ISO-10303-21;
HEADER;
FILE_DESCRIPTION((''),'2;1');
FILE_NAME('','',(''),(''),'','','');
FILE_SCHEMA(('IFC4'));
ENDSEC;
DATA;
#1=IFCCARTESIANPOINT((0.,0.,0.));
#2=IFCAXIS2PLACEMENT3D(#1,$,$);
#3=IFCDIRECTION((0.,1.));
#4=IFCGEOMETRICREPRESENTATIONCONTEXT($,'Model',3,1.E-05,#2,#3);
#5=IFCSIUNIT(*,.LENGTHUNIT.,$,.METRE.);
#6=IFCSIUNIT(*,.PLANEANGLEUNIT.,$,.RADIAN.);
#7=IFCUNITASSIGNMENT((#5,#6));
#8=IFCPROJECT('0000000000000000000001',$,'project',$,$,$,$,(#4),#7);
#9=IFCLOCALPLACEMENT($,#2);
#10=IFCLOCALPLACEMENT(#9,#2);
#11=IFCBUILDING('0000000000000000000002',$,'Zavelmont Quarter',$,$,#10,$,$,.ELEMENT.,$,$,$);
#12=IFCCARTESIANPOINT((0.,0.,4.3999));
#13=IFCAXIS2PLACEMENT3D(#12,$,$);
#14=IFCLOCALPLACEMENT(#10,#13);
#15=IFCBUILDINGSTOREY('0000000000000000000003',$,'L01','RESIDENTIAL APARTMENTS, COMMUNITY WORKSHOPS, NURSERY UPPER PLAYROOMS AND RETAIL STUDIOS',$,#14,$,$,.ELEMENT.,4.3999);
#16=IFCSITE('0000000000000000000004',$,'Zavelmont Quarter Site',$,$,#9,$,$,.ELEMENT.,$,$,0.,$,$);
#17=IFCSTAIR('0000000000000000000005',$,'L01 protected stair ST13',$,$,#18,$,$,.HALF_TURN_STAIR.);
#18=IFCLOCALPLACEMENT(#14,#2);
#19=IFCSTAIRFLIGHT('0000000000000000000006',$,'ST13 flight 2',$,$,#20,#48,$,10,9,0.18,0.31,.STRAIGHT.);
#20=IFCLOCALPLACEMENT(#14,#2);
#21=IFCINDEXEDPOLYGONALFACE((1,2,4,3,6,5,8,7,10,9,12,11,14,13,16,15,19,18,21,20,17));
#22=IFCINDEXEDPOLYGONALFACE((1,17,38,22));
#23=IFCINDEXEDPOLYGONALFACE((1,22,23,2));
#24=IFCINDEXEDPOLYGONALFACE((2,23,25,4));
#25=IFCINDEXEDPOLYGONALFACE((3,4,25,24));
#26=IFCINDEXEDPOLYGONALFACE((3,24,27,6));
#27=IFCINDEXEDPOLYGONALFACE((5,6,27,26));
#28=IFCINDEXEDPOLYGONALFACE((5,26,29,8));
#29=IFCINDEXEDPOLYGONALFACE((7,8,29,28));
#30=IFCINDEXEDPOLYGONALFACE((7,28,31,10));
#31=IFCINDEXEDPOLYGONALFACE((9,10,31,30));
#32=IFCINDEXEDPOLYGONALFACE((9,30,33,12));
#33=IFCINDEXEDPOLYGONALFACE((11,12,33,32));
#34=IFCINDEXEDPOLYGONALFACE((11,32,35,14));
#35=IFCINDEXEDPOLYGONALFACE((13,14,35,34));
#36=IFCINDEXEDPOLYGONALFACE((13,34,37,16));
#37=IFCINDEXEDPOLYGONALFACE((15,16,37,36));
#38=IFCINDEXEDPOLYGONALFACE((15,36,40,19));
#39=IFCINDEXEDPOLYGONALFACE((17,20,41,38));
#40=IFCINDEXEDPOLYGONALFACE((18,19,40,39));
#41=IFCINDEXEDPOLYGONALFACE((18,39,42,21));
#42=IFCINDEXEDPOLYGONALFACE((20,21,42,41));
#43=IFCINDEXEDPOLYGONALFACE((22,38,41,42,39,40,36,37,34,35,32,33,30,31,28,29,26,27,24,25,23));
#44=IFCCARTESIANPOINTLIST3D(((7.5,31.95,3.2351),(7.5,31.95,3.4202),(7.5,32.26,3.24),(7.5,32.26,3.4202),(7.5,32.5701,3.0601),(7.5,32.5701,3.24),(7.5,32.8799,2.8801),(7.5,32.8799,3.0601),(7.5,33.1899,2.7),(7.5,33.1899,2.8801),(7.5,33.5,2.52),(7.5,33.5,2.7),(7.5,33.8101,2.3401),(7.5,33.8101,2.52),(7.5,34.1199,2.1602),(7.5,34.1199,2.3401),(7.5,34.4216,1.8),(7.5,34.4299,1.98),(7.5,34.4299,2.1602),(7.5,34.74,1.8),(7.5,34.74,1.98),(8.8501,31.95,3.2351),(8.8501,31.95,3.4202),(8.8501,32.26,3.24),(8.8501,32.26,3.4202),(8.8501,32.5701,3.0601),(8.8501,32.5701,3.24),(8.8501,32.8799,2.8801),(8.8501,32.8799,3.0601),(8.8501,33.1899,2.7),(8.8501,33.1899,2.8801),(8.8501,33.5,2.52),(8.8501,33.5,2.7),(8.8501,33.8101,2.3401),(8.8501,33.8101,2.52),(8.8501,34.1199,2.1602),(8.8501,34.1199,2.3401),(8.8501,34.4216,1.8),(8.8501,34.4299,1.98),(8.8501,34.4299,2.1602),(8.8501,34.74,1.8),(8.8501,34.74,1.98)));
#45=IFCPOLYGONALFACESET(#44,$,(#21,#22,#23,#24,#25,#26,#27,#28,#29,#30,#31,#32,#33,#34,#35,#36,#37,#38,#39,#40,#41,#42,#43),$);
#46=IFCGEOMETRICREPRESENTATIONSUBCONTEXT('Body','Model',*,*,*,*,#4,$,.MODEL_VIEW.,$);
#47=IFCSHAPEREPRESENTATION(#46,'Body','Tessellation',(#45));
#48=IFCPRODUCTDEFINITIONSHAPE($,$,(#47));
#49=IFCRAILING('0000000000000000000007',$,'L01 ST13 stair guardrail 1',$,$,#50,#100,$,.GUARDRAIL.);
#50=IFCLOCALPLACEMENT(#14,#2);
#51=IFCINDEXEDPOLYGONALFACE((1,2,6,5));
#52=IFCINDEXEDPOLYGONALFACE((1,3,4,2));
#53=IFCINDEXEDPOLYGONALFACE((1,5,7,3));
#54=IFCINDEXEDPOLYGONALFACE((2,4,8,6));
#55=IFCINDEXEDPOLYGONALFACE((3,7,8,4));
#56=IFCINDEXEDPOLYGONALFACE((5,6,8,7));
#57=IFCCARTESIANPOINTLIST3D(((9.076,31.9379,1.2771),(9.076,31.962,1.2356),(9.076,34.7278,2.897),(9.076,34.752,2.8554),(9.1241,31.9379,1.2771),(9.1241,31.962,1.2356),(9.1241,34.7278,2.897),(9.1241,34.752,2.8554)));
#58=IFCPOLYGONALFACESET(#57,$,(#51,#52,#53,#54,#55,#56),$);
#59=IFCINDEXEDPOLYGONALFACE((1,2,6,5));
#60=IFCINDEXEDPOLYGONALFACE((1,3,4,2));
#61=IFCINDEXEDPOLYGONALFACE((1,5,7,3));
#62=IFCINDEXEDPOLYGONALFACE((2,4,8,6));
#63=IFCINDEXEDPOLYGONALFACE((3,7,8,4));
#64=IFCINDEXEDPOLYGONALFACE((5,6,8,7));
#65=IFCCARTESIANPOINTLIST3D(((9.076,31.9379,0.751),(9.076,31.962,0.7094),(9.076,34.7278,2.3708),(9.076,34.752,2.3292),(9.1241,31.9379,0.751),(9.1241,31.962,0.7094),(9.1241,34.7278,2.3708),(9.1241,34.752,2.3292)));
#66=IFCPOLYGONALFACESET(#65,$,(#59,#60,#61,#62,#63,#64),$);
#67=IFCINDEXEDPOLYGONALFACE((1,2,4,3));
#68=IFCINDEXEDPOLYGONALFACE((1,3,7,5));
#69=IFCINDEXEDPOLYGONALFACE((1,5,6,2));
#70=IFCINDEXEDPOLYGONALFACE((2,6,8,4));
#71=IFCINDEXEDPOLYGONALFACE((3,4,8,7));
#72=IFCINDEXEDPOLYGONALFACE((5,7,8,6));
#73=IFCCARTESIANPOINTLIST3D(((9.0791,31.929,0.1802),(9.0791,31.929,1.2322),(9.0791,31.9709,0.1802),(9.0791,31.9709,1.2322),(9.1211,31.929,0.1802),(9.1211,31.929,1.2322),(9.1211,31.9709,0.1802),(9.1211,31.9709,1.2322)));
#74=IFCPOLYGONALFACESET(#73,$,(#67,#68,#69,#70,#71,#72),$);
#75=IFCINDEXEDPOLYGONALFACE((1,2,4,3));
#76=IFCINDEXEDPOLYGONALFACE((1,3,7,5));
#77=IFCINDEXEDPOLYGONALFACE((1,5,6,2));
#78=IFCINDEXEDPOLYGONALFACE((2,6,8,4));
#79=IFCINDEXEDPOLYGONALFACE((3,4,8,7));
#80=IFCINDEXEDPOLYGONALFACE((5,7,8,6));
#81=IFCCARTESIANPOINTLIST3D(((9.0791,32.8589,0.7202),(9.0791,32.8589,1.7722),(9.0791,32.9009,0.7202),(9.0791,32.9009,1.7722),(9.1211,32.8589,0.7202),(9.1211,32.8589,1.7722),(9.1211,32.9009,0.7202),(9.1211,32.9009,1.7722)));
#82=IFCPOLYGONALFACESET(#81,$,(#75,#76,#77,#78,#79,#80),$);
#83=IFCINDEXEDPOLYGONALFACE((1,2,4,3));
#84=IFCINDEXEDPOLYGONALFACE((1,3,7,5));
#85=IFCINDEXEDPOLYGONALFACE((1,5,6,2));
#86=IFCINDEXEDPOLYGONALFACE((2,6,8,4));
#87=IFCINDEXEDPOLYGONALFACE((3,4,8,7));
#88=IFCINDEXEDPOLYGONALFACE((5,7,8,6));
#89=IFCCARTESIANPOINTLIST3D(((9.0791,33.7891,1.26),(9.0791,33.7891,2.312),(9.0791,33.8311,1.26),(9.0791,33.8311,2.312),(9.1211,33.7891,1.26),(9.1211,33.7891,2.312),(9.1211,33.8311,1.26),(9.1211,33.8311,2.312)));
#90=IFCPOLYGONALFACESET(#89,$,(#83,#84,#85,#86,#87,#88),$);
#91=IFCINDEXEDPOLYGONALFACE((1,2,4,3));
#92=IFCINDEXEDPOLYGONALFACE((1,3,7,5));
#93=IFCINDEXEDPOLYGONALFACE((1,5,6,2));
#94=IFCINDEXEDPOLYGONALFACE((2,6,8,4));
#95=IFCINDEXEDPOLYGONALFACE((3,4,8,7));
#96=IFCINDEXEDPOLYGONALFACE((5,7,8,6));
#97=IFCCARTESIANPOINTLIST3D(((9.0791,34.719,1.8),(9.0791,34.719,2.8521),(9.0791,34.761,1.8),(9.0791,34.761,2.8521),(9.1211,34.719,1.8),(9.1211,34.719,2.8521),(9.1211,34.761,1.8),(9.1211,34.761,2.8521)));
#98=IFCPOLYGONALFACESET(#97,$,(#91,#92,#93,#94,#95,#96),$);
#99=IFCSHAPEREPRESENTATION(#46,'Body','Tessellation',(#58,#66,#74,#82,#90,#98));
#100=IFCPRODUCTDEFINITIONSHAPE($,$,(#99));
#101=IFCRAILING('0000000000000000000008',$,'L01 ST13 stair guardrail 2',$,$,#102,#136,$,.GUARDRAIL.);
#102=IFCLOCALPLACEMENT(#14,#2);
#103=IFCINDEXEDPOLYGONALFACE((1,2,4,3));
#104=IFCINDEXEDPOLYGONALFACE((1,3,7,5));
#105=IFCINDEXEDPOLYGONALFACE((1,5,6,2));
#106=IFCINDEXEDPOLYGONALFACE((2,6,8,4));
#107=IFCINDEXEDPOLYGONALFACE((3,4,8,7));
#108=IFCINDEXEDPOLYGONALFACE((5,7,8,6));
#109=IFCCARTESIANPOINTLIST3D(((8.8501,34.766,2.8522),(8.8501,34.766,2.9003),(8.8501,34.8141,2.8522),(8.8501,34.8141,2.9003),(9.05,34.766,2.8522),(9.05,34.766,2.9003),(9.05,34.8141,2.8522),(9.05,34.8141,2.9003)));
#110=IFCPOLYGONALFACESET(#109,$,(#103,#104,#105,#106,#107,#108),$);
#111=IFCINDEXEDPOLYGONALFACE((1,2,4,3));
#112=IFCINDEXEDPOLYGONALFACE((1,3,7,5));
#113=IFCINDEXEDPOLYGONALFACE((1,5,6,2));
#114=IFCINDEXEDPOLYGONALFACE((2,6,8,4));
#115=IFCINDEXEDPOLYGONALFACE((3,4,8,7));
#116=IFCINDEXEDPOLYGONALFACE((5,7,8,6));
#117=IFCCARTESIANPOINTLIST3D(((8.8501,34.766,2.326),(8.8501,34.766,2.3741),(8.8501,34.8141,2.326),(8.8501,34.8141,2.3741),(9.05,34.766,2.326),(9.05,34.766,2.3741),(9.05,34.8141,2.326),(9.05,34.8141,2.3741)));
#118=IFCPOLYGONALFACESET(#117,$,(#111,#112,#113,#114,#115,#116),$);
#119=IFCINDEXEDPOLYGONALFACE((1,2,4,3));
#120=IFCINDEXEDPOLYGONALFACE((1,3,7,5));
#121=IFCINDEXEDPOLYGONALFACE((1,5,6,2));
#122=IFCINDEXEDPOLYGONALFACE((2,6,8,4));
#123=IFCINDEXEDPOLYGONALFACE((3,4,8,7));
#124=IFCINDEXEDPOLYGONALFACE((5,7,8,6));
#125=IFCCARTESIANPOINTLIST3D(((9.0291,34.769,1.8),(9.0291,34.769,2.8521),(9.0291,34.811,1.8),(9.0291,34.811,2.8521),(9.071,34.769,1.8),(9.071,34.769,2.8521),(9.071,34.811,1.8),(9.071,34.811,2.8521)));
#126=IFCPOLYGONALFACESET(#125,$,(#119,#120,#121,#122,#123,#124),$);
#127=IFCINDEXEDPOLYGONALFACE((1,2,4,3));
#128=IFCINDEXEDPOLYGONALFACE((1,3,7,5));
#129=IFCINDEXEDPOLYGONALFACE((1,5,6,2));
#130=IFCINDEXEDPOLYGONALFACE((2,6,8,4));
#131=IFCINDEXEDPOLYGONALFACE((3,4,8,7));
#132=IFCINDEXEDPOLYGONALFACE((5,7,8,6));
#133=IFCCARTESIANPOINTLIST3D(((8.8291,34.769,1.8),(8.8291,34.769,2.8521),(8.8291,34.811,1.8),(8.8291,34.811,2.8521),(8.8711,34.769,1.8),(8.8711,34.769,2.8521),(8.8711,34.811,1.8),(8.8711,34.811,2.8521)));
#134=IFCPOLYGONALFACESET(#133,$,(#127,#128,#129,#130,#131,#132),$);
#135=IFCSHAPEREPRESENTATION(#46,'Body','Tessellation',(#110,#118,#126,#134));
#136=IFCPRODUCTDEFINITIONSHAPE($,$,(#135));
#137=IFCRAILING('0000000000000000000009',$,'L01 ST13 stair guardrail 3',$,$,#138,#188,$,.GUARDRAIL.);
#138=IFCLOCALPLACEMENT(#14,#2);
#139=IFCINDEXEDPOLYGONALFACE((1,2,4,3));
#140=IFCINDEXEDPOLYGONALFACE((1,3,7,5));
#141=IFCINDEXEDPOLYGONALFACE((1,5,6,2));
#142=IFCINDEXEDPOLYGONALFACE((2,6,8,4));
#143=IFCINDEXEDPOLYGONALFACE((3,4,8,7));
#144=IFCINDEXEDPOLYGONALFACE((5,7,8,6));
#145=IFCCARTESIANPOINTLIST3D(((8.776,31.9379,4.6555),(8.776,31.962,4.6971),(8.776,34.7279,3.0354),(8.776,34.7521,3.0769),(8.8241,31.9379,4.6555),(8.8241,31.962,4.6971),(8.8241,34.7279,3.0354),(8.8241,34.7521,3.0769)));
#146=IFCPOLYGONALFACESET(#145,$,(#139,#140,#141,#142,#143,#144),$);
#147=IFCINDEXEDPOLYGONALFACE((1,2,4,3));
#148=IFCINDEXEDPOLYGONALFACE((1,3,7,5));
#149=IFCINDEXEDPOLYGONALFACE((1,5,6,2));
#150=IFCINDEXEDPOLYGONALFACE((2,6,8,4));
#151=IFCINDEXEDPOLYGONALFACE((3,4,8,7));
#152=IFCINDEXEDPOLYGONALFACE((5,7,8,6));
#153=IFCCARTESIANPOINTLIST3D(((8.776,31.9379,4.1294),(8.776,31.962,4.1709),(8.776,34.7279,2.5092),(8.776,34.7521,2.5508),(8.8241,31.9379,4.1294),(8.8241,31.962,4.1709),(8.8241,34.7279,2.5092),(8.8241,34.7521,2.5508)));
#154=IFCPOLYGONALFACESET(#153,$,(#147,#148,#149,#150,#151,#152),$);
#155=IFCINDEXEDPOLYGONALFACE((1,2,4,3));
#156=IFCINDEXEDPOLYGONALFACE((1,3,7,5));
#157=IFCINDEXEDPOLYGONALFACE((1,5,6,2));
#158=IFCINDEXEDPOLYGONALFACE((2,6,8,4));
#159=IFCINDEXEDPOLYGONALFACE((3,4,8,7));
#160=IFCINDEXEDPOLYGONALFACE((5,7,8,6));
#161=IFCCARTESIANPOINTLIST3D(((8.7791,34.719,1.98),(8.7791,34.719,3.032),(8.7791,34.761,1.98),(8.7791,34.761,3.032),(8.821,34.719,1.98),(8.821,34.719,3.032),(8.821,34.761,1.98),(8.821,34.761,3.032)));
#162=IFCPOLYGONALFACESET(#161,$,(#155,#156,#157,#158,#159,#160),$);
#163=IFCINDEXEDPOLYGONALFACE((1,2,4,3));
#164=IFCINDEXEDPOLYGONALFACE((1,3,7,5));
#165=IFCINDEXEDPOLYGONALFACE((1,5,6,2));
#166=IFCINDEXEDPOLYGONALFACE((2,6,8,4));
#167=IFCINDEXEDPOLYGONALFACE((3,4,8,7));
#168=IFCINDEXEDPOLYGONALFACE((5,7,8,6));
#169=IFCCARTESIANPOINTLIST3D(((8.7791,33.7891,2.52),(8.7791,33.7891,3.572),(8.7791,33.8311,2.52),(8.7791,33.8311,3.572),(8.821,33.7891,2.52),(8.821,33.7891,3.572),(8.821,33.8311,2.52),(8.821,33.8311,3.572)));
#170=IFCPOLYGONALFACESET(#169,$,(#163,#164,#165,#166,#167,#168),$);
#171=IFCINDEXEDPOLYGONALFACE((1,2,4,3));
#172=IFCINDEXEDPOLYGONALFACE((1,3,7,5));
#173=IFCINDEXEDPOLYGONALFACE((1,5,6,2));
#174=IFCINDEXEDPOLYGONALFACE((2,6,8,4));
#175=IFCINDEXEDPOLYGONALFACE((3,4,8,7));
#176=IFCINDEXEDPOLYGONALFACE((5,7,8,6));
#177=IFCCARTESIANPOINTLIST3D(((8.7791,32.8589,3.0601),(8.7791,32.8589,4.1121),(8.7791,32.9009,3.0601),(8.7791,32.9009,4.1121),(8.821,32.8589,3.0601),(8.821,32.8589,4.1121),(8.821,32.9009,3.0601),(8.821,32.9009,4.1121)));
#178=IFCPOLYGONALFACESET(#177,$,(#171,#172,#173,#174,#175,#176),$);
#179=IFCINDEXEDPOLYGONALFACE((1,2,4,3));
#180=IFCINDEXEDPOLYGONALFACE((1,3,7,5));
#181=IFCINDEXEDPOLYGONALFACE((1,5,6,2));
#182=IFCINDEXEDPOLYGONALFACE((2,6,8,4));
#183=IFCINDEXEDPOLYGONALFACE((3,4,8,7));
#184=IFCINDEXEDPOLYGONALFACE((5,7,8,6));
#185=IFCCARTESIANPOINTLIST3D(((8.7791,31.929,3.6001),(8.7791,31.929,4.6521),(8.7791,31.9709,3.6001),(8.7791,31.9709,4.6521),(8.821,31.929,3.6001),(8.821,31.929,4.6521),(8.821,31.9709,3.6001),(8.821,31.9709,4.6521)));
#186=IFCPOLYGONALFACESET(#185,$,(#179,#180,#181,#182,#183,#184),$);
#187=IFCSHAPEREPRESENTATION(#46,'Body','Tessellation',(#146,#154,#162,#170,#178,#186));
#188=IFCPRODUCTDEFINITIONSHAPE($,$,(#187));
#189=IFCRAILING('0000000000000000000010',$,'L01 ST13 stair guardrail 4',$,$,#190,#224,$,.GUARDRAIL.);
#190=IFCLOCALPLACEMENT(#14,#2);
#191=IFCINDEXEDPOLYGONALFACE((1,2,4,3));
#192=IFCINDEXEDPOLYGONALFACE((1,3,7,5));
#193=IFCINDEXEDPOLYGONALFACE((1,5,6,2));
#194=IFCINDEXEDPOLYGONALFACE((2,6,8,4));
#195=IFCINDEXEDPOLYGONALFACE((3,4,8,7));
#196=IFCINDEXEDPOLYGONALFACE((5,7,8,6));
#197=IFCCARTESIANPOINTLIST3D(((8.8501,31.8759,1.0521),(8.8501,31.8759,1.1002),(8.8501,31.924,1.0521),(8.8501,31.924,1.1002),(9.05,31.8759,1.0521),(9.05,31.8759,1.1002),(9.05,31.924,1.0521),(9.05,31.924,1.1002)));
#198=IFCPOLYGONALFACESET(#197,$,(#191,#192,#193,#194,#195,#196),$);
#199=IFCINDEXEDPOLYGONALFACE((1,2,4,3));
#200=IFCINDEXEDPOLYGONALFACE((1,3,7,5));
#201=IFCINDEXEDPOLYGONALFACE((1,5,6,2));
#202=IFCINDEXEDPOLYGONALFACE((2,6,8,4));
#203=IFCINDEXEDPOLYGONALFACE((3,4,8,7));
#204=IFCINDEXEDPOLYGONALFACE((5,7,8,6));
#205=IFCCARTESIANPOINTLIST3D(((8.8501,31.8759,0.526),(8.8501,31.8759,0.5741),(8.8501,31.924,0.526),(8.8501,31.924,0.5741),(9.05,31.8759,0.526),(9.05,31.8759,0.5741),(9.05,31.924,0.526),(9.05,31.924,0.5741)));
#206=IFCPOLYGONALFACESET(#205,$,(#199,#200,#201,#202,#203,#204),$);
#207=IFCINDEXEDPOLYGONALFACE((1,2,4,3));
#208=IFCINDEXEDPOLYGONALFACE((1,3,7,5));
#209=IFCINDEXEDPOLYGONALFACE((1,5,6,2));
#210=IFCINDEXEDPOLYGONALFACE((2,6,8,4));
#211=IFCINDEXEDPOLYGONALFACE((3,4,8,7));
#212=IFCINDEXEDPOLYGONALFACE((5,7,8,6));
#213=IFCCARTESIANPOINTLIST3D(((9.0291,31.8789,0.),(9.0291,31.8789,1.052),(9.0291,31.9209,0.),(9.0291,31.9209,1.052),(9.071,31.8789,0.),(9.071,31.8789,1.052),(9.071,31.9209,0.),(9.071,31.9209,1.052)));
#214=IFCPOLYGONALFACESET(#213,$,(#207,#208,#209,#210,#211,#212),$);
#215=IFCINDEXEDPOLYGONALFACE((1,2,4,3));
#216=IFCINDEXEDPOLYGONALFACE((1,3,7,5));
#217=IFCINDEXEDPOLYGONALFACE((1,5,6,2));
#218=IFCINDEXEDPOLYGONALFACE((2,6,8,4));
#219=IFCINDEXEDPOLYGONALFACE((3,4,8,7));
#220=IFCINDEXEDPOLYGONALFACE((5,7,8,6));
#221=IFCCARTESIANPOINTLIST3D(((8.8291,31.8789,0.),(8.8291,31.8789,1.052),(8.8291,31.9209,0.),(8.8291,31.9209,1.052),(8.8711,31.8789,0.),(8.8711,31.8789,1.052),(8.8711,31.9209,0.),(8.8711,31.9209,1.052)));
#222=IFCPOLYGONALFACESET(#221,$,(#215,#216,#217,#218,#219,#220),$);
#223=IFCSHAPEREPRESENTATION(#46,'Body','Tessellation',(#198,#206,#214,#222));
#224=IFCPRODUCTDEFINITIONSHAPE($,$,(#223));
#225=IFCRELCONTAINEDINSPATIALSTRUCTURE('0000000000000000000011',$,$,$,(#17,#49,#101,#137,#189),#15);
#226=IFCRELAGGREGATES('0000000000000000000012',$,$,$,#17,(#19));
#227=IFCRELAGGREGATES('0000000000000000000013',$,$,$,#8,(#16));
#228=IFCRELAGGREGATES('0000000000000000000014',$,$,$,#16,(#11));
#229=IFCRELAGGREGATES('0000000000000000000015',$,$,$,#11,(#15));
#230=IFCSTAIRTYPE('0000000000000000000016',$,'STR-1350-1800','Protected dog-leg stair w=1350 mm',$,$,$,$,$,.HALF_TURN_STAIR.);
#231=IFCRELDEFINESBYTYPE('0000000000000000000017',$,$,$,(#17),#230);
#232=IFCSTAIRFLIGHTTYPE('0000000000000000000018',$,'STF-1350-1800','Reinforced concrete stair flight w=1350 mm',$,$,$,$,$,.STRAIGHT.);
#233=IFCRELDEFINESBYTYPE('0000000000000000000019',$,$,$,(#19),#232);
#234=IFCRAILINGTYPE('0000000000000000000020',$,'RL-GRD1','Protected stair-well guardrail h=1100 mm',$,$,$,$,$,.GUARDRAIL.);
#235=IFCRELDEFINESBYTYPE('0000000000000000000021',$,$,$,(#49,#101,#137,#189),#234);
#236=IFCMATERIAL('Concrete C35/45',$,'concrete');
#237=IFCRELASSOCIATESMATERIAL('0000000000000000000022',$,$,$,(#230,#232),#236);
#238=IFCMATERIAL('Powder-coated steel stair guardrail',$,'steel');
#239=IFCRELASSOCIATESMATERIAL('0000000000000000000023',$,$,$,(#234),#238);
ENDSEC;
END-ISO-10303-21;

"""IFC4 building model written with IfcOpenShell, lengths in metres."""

from ifc_helpers import new_model, si_unit, direction, frame, origin, origin_2d, place, context, subcontext, project, spatial, polyline, rectangle, outline, extrude, material, type_object, element, aggregate, save


model = new_model("IFC4")

# Units and contexts
model_context = context("Model", 3, precision=1e-05, world=origin(), true_north=direction((0.0, 1.0)))
body_context = subcontext(model_context, "Body", "Model", "MODEL_VIEW")
ifc_project = project(units=[si_unit("LENGTHUNIT", "METRE"), si_unit("PLANEANGLEUNIT", "RADIAN")], contexts=[model_context])

# Site, building, storey
site_placement = place(None, origin())
site = spatial("IfcSite", under=ifc_project, at=site_placement, Name="Zavelmont Quarter Site", CompositionType="ELEMENT", RefElevation=0.0)
building_placement = place(site_placement, origin())
building = spatial("IfcBuilding", under=site, at=building_placement, Name="Zavelmont Quarter", CompositionType="ELEMENT")
storey_placement = place(building_placement, frame((0.0, 0.0, 4.3999)))
storey = spatial("IfcBuildingStorey", under=building, at=storey_placement, Name="L01", Description="RESIDENTIAL APARTMENTS, COMMUNITY WORKSHOPS, NURSERY UPPER PLAYROOMS AND RETAIL STUDIOS", CompositionType="ELEMENT", Elevation=4.3999)

# Shared definitions
ifc_material_1 = material(Name="Concrete C35/45", Category="concrete")

# Stair, stair flight
stair_type = type_object("IfcStairType", Name="STR-1350-1800", Description="Protected dog-leg stair w=1350 mm", PredefinedType="HALF_TURN_STAIR", material=ifc_material_1)
stair_placement = place(storey_placement, origin())
stair = element("IfcStair", 1, at=stair_placement, inside=storey, type_object=stair_type, Name="L01 protected stair ST13", PredefinedType="HALF_TURN_STAIR")
stair_flight_type = type_object("IfcStairFlightType", Name="STF-1350-1800", Description="Reinforced concrete stair flight w=1350 mm", PredefinedType="STRAIGHT", material=ifc_material_1)
stair_flight_1_placement = place(storey_placement, frame((8.175, 34.74, 1.8), z_axis=(0.0, 0.0, 1.0), x_axis=(0.0, -1.0, 0.0)))
stair_flight_1 = element("IfcStairFlight", 2, at=stair_flight_1_placement, type_object=stair_flight_type, Name="ST13 flight 2", NumberOfRisers=10, NumberOfTreads=9, PredefinedType="STRAIGHT", RiserHeight=0.18, TreadLength=0.31, context=body_context, shape_type="SweptSolid", body=[
    extrude(outline(polyline([(0.0, 0.0), (0.0, 0.1799), (0.3101, 0.1799), (0.3101, 0.3601), (0.6201, 0.3601), (0.6201, 0.54), (0.9299, 0.54), (0.9299, 0.72), (1.24, 0.72), (1.24, 0.8999), (1.55, 0.8999), (1.55, 1.0801), (1.8601, 1.0801), (1.8601, 1.26), (2.1699, 1.26), (2.1699, 1.4399), (2.48, 1.4399), (2.48, 1.6201), (2.79, 1.6201), (2.79, 1.8), (2.79, 1.4351), (0.3184, 0.0), (0.0, 0.0)])), frame((0.0, 0.675, 0.0), z_axis=(0.0, -1.0, 0.0), x_axis=(1.0, 0.0, 0.0)), (0.0, 0.0, 1.0), 1.3501),
])
aggregate(stair, [stair_flight_1])

# Railings
ifc_material_2 = material(Name="Powder-coated steel stair guardrail", Category="steel")
railing_type_1 = type_object("IfcRailingType", Name="RL-GRD1", Description="Protected stair-well guardrail h=1100 mm", PredefinedType="GUARDRAIL", material=ifc_material_2)
railing_1_placement = place(storey_placement, frame((9.1001, 31.95, 0.1802)))
element("IfcRailing", 3, at=railing_1_placement, inside=storey, type_object=railing_type_1, Name="L01 ST13 stair guardrail 1", PredefinedType="GUARDRAIL", context=body_context, shape_type="SweptSolid", body=[
    extrude(rectangle(XDim=0.0481, YDim=0.0481, at=origin_2d()), frame((0.0, 0.0, 1.0762), z_axis=(0.0, 0.864809, 0.502101), x_axis=(-1.0, 0.0, 0.0)), (0.0, 0.0, 1.0), 3.2261),
    extrude(rectangle(XDim=0.0481, YDim=0.0481, at=origin_2d()), frame((0.0, 0.0, 0.55), z_axis=(0.0, 0.864809, 0.502101), x_axis=(-1.0, 0.0, 0.0)), (0.0, 0.0, 1.0), 3.2261),
    extrude(rectangle(XDim=0.042, YDim=0.042, at=origin_2d()), origin(), (0.0, 0.0, 1.0), 1.052),
    extrude(rectangle(XDim=0.042, YDim=0.042, at=origin_2d()), frame((0.0, 0.9299, 0.54)), (0.0, 0.0, 1.0), 1.052),
    extrude(rectangle(XDim=0.042, YDim=0.042, at=origin_2d()), frame((0.0, 1.8601, 1.0798)), (0.0, 0.0, 1.0), 1.052),
    extrude(rectangle(XDim=0.042, YDim=0.042, at=origin_2d()), frame((0.0, 2.79, 1.6199)), (0.0, 0.0, 1.0), 1.052),
])
railing_2_placement = place(storey_placement, frame((9.05, 34.79, 1.8)))
element("IfcRailing", 4, at=railing_2_placement, inside=storey, type_object=railing_type_1, Name="L01 ST13 stair guardrail 2", PredefinedType="GUARDRAIL", context=body_context, shape_type="SweptSolid", body=[
    extrude(rectangle(XDim=0.0481, YDim=0.0481, at=origin_2d()), frame((0.0, 0.0, 1.0762), z_axis=(-1.0, 0.0, 0.0), x_axis=(0.0, -1.0, 0.0)), (0.0, 0.0, 1.0), 0.2),
    extrude(rectangle(XDim=0.0481, YDim=0.0481, at=origin_2d()), frame((0.0, 0.0, 0.55), z_axis=(-1.0, 0.0, 0.0), x_axis=(0.0, -1.0, 0.0)), (0.0, 0.0, 1.0), 0.2),
    extrude(rectangle(XDim=0.042, YDim=0.042, at=origin_2d()), origin(), (0.0, 0.0, 1.0), 1.052),
    extrude(rectangle(XDim=0.042, YDim=0.042, at=origin_2d()), frame((-0.2, 0.0, 0.0)), (0.0, 0.0, 1.0), 1.052),
])
railing_3_placement = place(storey_placement, frame((8.8, 34.74, 1.98)))
element("IfcRailing", 5, at=railing_3_placement, inside=storey, type_object=railing_type_1, Name="L01 ST13 stair guardrail 3", PredefinedType="GUARDRAIL", context=body_context, shape_type="SweptSolid", body=[
    extrude(rectangle(XDim=0.0481, YDim=0.0481, at=origin_2d()), frame((0.0, 0.0, 1.0762), z_axis=(0.0, -0.864776, 0.502157), x_axis=(1.0, 0.0, 0.0)), (0.0, 0.0, 1.0), 3.2263),
    extrude(rectangle(XDim=0.0481, YDim=0.0481, at=origin_2d()), frame((0.0, 0.0, 0.55), z_axis=(0.0, -0.864776, 0.502157), x_axis=(1.0, 0.0, 0.0)), (0.0, 0.0, 1.0), 3.2263),
    extrude(rectangle(XDim=0.042, YDim=0.042, at=origin_2d()), origin(), (0.0, 0.0, 1.0), 1.052),
    extrude(rectangle(XDim=0.042, YDim=0.042, at=origin_2d()), frame((0.0, -0.9299, 0.54)), (0.0, 0.0, 1.0), 1.052),
    extrude(rectangle(XDim=0.042, YDim=0.042, at=origin_2d()), frame((0.0, -1.8601, 1.0801)), (0.0, 0.0, 1.0), 1.052),
    extrude(rectangle(XDim=0.042, YDim=0.042, at=origin_2d()), frame((0.0, -2.79, 1.6201)), (0.0, 0.0, 1.0), 1.052),
])
railing_4_placement = place(storey_placement, frame((9.05, 31.8999, 0.0)))
element("IfcRailing", 6, at=railing_4_placement, inside=storey, type_object=railing_type_1, Name="L01 ST13 stair guardrail 4", PredefinedType="GUARDRAIL", context=body_context, shape_type="SweptSolid", body=[
    extrude(rectangle(XDim=0.0481, YDim=0.0481, at=origin_2d()), frame((0.0, 0.0, 1.0762), z_axis=(-1.0, 0.0, 0.0), x_axis=(0.0, -1.0, 0.0)), (0.0, 0.0, 1.0), 0.2),
    extrude(rectangle(XDim=0.0481, YDim=0.0481, at=origin_2d()), frame((0.0, 0.0, 0.55), z_axis=(-1.0, 0.0, 0.0), x_axis=(0.0, -1.0, 0.0)), (0.0, 0.0, 1.0), 0.2),
    extrude(rectangle(XDim=0.042, YDim=0.042, at=origin_2d()), origin(), (0.0, 0.0, 1.0), 1.052),
    extrude(rectangle(XDim=0.042, YDim=0.042, at=origin_2d()), frame((-0.2, 0.0, 0.0)), (0.0, 0.0, 1.0), 1.052),
])

save(model, "model.ifc")
